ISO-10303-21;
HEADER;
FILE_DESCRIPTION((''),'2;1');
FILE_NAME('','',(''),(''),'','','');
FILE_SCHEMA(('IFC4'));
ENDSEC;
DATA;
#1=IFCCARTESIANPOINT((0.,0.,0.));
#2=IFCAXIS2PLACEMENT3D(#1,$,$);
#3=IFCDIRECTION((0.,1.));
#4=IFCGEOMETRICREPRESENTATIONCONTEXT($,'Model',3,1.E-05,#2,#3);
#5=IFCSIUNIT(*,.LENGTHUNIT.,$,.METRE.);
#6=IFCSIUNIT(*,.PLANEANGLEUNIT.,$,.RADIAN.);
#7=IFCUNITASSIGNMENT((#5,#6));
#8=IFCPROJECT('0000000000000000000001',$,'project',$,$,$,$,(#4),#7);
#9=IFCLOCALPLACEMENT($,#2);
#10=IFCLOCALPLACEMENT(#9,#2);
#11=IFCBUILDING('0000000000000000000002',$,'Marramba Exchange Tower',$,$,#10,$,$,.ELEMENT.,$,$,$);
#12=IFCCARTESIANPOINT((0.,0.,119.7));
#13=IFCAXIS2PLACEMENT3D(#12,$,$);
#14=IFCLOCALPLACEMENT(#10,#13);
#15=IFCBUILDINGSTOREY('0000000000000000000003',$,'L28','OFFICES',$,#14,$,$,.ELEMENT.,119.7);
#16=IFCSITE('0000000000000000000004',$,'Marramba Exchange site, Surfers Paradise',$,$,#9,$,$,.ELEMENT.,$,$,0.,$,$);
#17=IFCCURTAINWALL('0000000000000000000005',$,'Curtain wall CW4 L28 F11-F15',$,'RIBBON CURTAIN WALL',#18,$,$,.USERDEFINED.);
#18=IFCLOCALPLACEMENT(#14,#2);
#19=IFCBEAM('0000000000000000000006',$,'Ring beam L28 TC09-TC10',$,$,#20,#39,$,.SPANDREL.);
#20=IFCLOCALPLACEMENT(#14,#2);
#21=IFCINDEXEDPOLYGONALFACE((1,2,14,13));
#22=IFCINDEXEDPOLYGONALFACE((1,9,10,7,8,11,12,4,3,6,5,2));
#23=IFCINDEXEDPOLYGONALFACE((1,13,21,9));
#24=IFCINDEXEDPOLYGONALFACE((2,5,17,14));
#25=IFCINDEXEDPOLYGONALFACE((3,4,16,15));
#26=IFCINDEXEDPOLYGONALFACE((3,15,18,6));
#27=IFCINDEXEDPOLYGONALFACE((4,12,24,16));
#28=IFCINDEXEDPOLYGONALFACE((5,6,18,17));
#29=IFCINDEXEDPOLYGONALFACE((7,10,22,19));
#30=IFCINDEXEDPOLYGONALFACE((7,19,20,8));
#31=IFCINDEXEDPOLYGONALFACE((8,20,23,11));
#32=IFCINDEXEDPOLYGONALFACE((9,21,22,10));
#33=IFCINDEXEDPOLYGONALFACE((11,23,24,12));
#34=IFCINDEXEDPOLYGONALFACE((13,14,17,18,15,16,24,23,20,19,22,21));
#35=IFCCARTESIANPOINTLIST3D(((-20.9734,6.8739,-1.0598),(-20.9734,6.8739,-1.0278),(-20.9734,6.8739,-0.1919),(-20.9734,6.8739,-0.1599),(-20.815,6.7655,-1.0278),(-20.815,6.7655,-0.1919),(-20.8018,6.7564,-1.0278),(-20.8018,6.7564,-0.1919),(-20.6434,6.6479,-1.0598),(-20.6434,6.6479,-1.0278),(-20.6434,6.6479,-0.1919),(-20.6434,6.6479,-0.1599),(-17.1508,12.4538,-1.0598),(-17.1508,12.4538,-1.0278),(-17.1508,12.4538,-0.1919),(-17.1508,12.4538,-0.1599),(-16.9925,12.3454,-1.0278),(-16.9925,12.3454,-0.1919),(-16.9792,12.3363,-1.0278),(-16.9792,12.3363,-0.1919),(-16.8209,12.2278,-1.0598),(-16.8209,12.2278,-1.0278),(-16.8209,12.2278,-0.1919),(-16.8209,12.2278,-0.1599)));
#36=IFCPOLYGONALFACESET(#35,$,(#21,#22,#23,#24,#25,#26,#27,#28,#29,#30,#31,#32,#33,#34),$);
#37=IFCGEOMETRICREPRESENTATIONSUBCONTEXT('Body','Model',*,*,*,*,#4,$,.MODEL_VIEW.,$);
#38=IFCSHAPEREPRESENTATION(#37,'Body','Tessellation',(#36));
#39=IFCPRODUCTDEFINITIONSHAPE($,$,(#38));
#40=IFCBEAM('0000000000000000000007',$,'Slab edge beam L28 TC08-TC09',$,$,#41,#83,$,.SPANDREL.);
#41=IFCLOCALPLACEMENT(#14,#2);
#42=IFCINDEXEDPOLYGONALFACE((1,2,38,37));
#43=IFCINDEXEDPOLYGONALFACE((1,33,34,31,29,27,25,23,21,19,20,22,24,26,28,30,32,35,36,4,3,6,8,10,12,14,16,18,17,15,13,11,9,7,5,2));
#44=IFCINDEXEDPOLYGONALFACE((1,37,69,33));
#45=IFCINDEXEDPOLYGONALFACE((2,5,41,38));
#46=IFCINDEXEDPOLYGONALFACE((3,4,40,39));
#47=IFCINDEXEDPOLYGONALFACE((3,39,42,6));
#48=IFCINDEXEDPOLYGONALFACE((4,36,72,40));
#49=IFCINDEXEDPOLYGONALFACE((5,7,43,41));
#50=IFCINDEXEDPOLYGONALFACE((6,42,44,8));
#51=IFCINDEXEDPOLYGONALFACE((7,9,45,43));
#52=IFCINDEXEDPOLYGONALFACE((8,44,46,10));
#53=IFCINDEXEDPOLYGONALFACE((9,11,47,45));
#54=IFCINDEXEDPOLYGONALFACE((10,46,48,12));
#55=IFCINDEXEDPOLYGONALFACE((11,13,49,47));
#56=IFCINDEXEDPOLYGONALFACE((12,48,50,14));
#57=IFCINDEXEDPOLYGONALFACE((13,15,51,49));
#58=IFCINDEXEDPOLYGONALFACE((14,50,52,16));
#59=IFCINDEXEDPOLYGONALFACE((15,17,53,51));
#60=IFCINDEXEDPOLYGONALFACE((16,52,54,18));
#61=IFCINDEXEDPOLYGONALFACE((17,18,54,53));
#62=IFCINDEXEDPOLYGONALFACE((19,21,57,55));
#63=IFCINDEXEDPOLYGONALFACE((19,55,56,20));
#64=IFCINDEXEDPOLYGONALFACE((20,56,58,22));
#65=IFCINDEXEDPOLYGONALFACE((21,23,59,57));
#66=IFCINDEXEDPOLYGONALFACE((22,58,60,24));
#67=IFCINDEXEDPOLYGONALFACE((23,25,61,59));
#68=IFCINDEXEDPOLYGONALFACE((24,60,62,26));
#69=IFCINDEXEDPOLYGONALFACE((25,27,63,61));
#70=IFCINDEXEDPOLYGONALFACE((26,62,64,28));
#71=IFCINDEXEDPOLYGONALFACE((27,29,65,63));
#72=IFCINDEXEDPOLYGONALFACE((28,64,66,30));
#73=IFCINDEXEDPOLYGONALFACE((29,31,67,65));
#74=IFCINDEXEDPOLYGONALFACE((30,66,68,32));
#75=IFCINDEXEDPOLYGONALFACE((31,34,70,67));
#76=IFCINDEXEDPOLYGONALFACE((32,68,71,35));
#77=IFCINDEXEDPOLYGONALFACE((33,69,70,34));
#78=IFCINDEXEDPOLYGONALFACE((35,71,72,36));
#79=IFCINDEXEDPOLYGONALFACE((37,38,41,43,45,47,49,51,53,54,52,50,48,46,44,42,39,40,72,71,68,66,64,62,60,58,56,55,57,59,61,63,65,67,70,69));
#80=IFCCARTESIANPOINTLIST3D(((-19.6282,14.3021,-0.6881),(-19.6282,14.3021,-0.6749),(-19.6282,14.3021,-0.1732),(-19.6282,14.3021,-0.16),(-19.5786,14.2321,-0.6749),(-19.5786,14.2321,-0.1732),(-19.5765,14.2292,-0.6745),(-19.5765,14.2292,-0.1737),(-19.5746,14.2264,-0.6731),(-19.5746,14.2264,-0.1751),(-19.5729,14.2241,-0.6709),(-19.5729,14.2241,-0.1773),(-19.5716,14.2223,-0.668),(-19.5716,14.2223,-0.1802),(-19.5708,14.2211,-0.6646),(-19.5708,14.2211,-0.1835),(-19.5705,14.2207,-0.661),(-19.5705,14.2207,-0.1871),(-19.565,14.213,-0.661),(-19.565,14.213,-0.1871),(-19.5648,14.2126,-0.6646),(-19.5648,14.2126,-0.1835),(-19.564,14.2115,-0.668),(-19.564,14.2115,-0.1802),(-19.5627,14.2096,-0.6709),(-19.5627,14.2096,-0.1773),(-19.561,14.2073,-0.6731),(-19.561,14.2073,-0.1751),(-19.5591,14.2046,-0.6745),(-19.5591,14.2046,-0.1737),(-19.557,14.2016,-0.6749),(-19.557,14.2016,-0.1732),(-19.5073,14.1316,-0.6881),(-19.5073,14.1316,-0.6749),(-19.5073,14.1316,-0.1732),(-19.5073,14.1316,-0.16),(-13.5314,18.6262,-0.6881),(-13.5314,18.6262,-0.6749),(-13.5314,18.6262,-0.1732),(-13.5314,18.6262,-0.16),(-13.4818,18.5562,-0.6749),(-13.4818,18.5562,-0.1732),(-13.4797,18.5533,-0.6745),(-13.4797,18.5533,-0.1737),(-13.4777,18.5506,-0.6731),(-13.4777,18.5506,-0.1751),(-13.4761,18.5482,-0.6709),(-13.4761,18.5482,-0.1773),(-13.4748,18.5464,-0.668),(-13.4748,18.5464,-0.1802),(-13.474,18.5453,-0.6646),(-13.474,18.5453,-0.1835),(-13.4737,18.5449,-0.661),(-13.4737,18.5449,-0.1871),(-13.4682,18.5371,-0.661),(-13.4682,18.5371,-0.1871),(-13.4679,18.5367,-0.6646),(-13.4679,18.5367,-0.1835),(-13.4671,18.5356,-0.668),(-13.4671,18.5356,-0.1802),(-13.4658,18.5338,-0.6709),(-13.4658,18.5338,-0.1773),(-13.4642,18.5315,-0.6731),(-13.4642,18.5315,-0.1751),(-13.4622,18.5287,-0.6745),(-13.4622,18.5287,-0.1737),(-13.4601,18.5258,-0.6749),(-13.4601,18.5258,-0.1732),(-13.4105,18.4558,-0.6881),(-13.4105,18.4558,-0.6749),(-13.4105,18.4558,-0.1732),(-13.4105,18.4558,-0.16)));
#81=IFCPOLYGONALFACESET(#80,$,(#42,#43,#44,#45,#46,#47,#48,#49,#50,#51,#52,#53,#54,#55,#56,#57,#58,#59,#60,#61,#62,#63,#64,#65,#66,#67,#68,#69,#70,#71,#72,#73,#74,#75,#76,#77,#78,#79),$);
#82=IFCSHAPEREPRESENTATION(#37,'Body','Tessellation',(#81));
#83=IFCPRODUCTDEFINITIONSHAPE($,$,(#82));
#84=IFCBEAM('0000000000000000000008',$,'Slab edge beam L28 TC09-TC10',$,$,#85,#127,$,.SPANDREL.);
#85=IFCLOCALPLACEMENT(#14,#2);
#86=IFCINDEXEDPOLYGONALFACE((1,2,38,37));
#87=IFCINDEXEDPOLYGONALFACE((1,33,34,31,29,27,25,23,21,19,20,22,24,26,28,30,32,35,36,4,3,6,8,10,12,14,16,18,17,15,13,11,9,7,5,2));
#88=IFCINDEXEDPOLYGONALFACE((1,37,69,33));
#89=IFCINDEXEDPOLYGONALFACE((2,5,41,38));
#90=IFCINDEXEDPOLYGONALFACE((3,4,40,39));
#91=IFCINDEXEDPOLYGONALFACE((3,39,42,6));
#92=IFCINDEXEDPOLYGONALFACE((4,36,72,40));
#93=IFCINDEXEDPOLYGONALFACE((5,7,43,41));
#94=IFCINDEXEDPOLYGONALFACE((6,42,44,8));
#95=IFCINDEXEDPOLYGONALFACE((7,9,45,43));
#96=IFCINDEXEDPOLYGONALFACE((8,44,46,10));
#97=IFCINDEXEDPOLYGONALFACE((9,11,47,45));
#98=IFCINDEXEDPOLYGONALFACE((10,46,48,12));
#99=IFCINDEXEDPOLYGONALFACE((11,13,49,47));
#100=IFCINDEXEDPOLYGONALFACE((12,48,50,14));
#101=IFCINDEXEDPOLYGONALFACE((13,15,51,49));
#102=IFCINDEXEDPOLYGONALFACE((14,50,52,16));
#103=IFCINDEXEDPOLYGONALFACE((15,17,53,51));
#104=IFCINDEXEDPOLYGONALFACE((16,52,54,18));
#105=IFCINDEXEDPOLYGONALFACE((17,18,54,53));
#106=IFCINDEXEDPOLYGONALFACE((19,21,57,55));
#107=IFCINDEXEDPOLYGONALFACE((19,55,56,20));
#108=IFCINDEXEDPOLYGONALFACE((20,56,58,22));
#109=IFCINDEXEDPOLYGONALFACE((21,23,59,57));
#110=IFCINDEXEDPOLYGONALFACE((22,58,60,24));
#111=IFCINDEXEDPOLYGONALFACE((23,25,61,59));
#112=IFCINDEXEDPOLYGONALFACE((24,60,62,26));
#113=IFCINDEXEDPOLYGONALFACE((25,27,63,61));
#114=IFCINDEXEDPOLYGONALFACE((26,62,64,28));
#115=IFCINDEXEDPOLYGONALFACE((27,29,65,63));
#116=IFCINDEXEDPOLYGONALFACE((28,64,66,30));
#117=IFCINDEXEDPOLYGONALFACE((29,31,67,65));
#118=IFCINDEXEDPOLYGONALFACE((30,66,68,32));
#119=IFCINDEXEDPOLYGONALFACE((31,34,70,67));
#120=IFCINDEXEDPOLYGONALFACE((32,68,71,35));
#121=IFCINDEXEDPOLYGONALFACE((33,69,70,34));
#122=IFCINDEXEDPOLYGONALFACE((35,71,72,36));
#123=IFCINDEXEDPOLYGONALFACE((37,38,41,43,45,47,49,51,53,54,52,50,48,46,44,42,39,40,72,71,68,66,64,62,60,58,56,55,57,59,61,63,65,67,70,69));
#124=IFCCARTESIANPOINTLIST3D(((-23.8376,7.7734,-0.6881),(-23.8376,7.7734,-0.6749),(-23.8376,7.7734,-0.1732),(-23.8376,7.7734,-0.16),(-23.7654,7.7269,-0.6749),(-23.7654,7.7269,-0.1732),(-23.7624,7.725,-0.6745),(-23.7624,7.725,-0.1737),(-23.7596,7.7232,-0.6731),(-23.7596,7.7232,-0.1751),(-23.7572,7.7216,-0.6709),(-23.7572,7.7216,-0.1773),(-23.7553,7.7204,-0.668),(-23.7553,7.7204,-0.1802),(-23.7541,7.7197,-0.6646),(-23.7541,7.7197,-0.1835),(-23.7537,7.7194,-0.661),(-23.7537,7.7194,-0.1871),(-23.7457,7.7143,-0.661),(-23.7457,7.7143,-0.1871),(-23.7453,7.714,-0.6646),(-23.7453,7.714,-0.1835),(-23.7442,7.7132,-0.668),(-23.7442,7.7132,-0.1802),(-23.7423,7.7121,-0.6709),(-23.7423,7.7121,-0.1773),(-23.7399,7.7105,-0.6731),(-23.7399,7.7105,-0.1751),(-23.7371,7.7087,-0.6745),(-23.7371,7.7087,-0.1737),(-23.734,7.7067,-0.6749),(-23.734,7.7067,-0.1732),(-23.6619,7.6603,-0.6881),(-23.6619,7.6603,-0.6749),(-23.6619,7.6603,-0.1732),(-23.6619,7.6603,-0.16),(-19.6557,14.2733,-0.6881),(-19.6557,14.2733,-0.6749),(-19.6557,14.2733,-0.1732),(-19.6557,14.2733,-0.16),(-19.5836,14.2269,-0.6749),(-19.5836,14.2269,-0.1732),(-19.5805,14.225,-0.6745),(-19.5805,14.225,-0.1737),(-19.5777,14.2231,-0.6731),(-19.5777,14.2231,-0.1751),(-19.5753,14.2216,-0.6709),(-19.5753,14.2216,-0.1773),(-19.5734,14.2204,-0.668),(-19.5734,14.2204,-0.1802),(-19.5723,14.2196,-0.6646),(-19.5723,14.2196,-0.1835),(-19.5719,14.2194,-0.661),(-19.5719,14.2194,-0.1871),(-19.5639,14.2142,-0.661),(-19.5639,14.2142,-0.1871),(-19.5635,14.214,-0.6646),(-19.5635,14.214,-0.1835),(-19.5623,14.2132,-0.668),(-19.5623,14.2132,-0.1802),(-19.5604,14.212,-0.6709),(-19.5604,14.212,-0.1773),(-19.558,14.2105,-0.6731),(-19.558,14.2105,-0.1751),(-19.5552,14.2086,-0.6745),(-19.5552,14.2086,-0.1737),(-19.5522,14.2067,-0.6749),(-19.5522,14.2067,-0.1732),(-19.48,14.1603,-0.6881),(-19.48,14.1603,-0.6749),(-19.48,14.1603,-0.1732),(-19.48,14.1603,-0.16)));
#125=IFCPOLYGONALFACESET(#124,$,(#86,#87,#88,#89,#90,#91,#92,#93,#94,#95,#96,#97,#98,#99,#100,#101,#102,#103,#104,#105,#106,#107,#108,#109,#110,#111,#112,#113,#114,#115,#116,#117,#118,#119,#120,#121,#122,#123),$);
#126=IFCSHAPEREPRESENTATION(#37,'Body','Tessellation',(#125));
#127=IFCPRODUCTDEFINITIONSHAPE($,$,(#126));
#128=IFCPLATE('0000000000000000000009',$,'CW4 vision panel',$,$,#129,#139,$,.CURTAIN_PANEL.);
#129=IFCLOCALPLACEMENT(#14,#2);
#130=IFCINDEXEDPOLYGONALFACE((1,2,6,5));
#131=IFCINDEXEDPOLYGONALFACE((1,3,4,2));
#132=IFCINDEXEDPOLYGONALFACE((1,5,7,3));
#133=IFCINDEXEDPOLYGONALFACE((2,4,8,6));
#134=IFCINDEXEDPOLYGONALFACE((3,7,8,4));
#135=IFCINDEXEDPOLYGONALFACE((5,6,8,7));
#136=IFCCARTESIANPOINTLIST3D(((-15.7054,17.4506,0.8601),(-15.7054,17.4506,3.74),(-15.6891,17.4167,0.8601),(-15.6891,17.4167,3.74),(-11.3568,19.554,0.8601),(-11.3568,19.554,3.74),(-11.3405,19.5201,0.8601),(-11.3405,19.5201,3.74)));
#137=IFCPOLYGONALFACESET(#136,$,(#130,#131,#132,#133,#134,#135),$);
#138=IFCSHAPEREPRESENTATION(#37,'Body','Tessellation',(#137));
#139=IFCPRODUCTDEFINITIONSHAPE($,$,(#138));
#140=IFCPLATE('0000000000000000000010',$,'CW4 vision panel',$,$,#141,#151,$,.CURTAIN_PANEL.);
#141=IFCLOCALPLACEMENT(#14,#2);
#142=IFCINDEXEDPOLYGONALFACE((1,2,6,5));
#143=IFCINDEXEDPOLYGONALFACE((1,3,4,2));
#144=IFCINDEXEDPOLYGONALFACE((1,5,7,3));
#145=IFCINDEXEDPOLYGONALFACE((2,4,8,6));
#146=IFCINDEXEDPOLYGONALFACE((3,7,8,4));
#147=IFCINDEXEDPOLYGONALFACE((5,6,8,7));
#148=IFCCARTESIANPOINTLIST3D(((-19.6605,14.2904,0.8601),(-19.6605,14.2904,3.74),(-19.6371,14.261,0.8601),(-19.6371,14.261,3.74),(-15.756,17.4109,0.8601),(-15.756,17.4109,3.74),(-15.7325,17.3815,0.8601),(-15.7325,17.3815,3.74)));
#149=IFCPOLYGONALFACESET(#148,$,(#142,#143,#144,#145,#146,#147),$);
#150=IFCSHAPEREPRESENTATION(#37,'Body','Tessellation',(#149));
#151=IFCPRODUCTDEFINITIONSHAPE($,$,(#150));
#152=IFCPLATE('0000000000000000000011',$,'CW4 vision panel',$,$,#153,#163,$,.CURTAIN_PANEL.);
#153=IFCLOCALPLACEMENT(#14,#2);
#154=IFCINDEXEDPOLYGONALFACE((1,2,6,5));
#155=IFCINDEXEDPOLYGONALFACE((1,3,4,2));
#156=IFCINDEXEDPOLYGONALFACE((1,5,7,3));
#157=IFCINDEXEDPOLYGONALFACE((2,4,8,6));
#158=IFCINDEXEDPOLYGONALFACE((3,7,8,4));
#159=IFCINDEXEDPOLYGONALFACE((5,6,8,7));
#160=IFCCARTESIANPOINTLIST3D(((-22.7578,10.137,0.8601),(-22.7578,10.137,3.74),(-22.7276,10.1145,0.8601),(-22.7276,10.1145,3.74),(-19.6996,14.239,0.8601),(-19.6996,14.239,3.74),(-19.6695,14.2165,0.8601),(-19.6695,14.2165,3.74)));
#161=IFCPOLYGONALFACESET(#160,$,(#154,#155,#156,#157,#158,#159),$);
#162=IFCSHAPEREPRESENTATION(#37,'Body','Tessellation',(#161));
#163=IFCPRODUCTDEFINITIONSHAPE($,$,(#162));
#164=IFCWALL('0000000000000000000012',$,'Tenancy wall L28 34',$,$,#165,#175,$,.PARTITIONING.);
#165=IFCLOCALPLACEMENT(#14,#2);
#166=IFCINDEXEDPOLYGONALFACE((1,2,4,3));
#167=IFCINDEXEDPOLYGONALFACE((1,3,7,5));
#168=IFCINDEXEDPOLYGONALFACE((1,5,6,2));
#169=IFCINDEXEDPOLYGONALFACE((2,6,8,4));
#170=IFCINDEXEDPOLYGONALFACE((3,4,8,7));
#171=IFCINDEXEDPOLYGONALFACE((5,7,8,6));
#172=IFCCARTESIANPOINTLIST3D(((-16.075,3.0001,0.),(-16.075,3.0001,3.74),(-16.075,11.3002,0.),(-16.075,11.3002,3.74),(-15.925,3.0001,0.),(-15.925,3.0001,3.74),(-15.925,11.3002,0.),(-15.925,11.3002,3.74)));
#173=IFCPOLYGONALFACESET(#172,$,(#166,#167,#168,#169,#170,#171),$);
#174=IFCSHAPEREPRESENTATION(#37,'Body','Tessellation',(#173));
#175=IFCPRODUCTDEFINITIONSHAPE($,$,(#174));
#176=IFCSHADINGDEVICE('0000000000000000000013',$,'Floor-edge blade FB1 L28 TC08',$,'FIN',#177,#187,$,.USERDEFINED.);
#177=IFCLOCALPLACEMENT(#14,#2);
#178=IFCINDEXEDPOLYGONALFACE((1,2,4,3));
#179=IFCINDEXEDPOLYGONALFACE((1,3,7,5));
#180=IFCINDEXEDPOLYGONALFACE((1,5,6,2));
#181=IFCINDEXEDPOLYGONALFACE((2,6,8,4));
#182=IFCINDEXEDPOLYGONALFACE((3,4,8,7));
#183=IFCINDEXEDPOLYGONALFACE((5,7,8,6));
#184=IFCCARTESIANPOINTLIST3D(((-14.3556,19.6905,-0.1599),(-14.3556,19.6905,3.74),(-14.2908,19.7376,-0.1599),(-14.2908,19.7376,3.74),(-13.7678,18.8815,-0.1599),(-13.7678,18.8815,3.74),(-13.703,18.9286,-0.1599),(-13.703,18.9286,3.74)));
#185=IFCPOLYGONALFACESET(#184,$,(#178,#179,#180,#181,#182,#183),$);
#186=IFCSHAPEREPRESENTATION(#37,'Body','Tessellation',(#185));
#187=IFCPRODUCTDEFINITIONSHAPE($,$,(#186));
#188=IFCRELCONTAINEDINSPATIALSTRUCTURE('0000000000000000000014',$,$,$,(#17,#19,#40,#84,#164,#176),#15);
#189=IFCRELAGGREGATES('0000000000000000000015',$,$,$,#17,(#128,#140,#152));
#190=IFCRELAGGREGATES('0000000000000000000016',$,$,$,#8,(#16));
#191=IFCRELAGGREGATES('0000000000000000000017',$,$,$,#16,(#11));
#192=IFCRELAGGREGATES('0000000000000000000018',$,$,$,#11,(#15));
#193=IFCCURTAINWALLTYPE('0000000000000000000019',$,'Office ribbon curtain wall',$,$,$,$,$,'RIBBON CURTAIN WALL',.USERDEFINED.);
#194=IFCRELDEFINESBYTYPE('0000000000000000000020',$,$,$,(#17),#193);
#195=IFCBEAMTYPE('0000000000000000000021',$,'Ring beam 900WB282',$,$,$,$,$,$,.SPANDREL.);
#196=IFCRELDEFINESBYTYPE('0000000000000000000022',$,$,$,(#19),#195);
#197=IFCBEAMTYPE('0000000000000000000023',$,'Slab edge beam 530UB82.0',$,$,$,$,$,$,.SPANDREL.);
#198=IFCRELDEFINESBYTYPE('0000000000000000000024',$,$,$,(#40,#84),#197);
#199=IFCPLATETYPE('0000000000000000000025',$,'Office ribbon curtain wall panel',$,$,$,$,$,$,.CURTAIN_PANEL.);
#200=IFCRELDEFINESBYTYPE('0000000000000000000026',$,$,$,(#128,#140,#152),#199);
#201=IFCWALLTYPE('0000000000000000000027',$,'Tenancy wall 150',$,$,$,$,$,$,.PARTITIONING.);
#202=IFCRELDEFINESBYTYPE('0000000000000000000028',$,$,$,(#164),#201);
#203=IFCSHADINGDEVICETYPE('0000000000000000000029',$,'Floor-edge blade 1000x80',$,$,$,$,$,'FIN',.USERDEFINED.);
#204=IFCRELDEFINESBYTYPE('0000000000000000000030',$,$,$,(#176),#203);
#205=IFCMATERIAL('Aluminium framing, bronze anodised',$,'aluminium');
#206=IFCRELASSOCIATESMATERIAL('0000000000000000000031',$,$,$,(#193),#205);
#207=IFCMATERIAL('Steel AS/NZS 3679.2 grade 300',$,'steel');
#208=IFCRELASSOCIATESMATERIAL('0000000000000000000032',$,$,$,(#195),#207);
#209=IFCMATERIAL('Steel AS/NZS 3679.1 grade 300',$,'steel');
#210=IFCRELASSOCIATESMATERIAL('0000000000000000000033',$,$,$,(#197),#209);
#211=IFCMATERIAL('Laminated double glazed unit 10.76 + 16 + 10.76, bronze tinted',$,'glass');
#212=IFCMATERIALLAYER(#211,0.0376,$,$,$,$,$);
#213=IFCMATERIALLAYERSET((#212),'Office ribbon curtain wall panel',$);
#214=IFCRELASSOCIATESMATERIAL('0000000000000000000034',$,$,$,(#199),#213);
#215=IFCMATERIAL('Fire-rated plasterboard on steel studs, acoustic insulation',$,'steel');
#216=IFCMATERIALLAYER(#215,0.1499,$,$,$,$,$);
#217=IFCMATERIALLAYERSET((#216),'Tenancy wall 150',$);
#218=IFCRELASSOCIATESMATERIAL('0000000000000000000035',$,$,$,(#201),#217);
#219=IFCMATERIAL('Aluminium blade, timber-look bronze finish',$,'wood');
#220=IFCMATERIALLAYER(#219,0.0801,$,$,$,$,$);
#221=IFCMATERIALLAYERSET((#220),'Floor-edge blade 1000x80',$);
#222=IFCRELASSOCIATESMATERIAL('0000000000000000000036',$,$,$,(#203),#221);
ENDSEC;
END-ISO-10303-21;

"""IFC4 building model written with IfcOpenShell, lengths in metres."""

from ifc_helpers import new_model, si_unit, direction, frame, frame_2d, origin, origin_2d, place, context, subcontext, project, spatial, rectangle, i_section, extrude, material, layer, layer_set, material_profile, profile_set, type_object, element, aggregate, save


model = new_model("IFC4")

# Units and contexts
model_context = context("Model", 3, precision=1e-05, world=origin(), true_north=direction((0.0, 1.0)))
body_context = subcontext(model_context, "Body", "Model", "MODEL_VIEW")
ifc_project = project(units=[si_unit("LENGTHUNIT", "METRE"), si_unit("PLANEANGLEUNIT", "RADIAN")], contexts=[model_context])

# Site, building, storey
site_placement = place(None, origin())
site = spatial("IfcSite", under=ifc_project, at=site_placement, Name="Marramba Exchange site, Surfers Paradise", CompositionType="ELEMENT", RefElevation=0.0)
building_placement = place(site_placement, origin())
building = spatial("IfcBuilding", under=site, at=building_placement, Name="Marramba Exchange Tower", CompositionType="ELEMENT")
storey_placement = place(building_placement, frame((0.0, 0.0, 119.7)))
storey = spatial("IfcBuildingStorey", under=building, at=storey_placement, Name="L28", Description="OFFICES", CompositionType="ELEMENT", Elevation=119.7)

# Shared definitions
ifc_material_1 = material(Name="Steel AS/NZS 3679.2 grade 300", Category="steel")
ifc_material_2 = material(Name="Steel AS/NZS 3679.1 grade 300", Category="steel")

# Curtain wall
ifc_material_3 = material(Name="Aluminium framing, bronze anodised", Category="aluminium")
curtain_wall_type = type_object("IfcCurtainWallType", Name="Office ribbon curtain wall", ElementType="RIBBON CURTAIN WALL", PredefinedType="USERDEFINED", material=ifc_material_3)
curtain_wall_placement = place(storey_placement, origin())
curtain_wall = element("IfcCurtainWall", 1, at=curtain_wall_placement, inside=storey, type_object=curtain_wall_type, Name="Curtain wall CW4 L28 F11-F15", ObjectType="RIBBON CURTAIN WALL", PredefinedType="USERDEFINED")

# Beams
ifc_material_profile_1 = material_profile(ifc_material_1, i_section(OverallWidth=0.3999, OverallDepth=0.8999, WebThickness=0.0161, FlangeThickness=0.032, at=origin_2d()), Name="900WB282")
ifc_profile_set_1 = profile_set([ifc_material_profile_1], Name="Steel AS/NZS 3679.2 grade 300")
beam_type_1 = type_object("IfcBeamType", Name="Ring beam 900WB282", PredefinedType="SPANDREL", material=ifc_profile_set_1)
beam_1_placement = place(storey_placement, frame((-16.9858, 12.3408, -0.6099), z_axis=(-0.56516, -0.824981, 0.0), x_axis=(0.824981, -0.56516, 0.0)))
element("IfcBeam", 2, at=beam_1_placement, inside=storey, type_object=beam_type_1, Name="Ring beam L28 TC09-TC10", PredefinedType="SPANDREL", context=body_context, shape_type="SweptSolid", body=[
    extrude(i_section(OverallWidth=0.3999, OverallDepth=0.8999, WebThickness=0.0161, FlangeThickness=0.032, at=origin_2d()), origin(), (0.0, 0.0, 1.0), 6.7637),
])
ifc_material_profile_2 = material_profile(ifc_material_2, i_section(OverallWidth=0.209, OverallDepth=0.5281, WebThickness=0.0095, FlangeThickness=0.0132, FilletRadius=0.0139, at=origin_2d()), Name="530UB82.0")
ifc_profile_set_2 = profile_set([ifc_material_profile_2], Name="Steel AS/NZS 3679.1 grade 300")
beam_type_2 = type_object("IfcBeamType", Name="Slab edge beam 530UB82.0", PredefinedType="SPANDREL", material=ifc_profile_set_2)
beam_2_placement = place(storey_placement, frame((-13.4709, 18.541, -0.4241), z_axis=(-0.815673, -0.578513, 0.0), x_axis=(0.578513, -0.815673, 0.0)))
element("IfcBeam", 3, at=beam_2_placement, inside=storey, type_object=beam_type_2, Name="Slab edge beam L28 TC08-TC09", PredefinedType="SPANDREL", context=body_context, shape_type="SweptSolid", body=[
    extrude(i_section(OverallWidth=0.209, OverallDepth=0.5281, WebThickness=0.0095, FlangeThickness=0.0132, FilletRadius=0.0139, at=origin_2d()), origin(), (0.0, 0.0, 1.0), 7.4746),
])
beam_3_placement = place(storey_placement, frame((-19.5679, 14.2168, -0.4241), z_axis=(-0.541061, -0.840983, 0.0), x_axis=(0.840983, -0.541061, 0.0)))
element("IfcBeam", 4, at=beam_3_placement, inside=storey, type_object=beam_type_2, Name="Slab edge beam L28 TC09-TC10", PredefinedType="SPANDREL", context=body_context, shape_type="SweptSolid", body=[
    extrude(i_section(OverallWidth=0.209, OverallDepth=0.5281, WebThickness=0.0095, FlangeThickness=0.0132, FilletRadius=0.0139, at=origin_2d()), origin(), (0.0, 0.0, 1.0), 7.729),
])

# Plates
ifc_material_4 = material(Name="Laminated double glazed unit 10.76 + 16 + 10.76, bronze tinted", Category="glass")
ifc_layer_1 = layer(ifc_material_4, 0.0376)
ifc_layer_set_1 = layer_set([ifc_layer_1], Name="Office ribbon curtain wall panel")
plate_type = type_object("IfcPlateType", Name="Office ribbon curtain wall panel", PredefinedType="CURTAIN_PANEL", material=ifc_layer_set_1)
plate_1_placement = place(storey_placement, frame((-13.5229, 18.4854, 0.8601), z_axis=(0.0, 0.0, 1.0), x_axis=(-0.900224, -0.435428, 0.0)))
plate_1 = element("IfcPlate", 5, at=plate_1_placement, type_object=plate_type, Name="CW4 vision panel", PredefinedType="CURTAIN_PANEL", context=body_context, shape_type="SweptSolid", body=[
    extrude(rectangle(XDim=4.8306, YDim=0.0376, at=origin_2d()), origin(), (0.0, 0.0, 1.0), 2.8799),
])
plate_2_placement = place(storey_placement, frame((-17.6965, 15.8359, 0.8601), z_axis=(0.0, 0.0, 1.0), x_axis=(-0.781178, -0.624308, 0.0)))
plate_2 = element("IfcPlate", 6, at=plate_2_placement, type_object=plate_type, Name="CW4 vision panel", PredefinedType="CURTAIN_PANEL", context=body_context, shape_type="SweptSolid", body=[
    extrude(rectangle(XDim=4.9983, YDim=0.0376, at=origin_2d()), origin(), (0.0, 0.0, 1.0), 2.8799),
])
plate_3_placement = place(storey_placement, frame((-21.2136, 12.1768, 0.8601), z_axis=(0.0, 0.0, 1.0), x_axis=(-0.597704, -0.801717, 0.0)))
plate_3 = element("IfcPlate", 7, at=plate_3_placement, type_object=plate_type, Name="CW4 vision panel", PredefinedType="CURTAIN_PANEL", context=body_context, shape_type="SweptSolid", body=[
    extrude(rectangle(XDim=5.1165, YDim=0.0376, at=origin_2d()), origin(), (0.0, 0.0, 1.0), 2.8799),
])
aggregate(curtain_wall, [plate_1, plate_2, plate_3])

# Wall
ifc_material_5 = material(Name="Fire-rated plasterboard on steel studs, acoustic insulation", Category="steel")
ifc_layer_2 = layer(ifc_material_5, 0.1499)
ifc_layer_set_2 = layer_set([ifc_layer_2], Name="Tenancy wall 150")
wall_type_1 = type_object("IfcWallType", Name="Tenancy wall 150", PredefinedType="PARTITIONING", material=ifc_layer_set_2)
wall_1_placement = place(storey_placement, frame((-16.0, 11.3, 0.0), z_axis=(0.0, 0.0, 1.0), x_axis=(0.0, -1.0, 0.0)))
element("IfcWall", 8, at=wall_1_placement, inside=storey, type_object=wall_type_1, Name="Tenancy wall L28 34", PredefinedType="PARTITIONING", context=body_context, shape_type="SweptSolid", body=[
    extrude(rectangle(XDim=8.3, YDim=0.1499, at=frame_2d((4.1499, 0.0))), origin(), (0.0, 0.0, 1.0), 3.74),
])

# Shading device
ifc_material_6 = material(Name="Aluminium blade, timber-look bronze finish", Category="wood")
ifc_layer_3 = layer(ifc_material_6, 0.0801)
ifc_layer_set_3 = layer_set([ifc_layer_3], Name="Floor-edge blade 1000x80")
shading_device_type_1 = type_object("IfcShadingDeviceType", Name="Floor-edge blade 1000x80", ElementType="FIN", PredefinedType="USERDEFINED", material=ifc_layer_set_3)
for number, where, z_axis, x_axis, name in (
    (9, (-14.0293, 19.3096, -0.1599), (0.0, 0.0, 1.0), (-0.587785, 0.809017, 0.0), "Floor-edge blade FB1 L28 TC08"),
):
    element("IfcShadingDevice", number, at=place(storey_placement, frame(where, z_axis=z_axis, x_axis=x_axis)), inside=storey, type_object=shading_device_type_1, Name=name, ObjectType="FIN", PredefinedType="USERDEFINED", context=body_context, shape_type="SweptSolid", body=[
        extrude(rectangle(XDim=1.0, YDim=0.0801, at=origin_2d()), origin(), (0.0, 0.0, 1.0), 3.8999),
    ])

save(model, "model.ifc")
